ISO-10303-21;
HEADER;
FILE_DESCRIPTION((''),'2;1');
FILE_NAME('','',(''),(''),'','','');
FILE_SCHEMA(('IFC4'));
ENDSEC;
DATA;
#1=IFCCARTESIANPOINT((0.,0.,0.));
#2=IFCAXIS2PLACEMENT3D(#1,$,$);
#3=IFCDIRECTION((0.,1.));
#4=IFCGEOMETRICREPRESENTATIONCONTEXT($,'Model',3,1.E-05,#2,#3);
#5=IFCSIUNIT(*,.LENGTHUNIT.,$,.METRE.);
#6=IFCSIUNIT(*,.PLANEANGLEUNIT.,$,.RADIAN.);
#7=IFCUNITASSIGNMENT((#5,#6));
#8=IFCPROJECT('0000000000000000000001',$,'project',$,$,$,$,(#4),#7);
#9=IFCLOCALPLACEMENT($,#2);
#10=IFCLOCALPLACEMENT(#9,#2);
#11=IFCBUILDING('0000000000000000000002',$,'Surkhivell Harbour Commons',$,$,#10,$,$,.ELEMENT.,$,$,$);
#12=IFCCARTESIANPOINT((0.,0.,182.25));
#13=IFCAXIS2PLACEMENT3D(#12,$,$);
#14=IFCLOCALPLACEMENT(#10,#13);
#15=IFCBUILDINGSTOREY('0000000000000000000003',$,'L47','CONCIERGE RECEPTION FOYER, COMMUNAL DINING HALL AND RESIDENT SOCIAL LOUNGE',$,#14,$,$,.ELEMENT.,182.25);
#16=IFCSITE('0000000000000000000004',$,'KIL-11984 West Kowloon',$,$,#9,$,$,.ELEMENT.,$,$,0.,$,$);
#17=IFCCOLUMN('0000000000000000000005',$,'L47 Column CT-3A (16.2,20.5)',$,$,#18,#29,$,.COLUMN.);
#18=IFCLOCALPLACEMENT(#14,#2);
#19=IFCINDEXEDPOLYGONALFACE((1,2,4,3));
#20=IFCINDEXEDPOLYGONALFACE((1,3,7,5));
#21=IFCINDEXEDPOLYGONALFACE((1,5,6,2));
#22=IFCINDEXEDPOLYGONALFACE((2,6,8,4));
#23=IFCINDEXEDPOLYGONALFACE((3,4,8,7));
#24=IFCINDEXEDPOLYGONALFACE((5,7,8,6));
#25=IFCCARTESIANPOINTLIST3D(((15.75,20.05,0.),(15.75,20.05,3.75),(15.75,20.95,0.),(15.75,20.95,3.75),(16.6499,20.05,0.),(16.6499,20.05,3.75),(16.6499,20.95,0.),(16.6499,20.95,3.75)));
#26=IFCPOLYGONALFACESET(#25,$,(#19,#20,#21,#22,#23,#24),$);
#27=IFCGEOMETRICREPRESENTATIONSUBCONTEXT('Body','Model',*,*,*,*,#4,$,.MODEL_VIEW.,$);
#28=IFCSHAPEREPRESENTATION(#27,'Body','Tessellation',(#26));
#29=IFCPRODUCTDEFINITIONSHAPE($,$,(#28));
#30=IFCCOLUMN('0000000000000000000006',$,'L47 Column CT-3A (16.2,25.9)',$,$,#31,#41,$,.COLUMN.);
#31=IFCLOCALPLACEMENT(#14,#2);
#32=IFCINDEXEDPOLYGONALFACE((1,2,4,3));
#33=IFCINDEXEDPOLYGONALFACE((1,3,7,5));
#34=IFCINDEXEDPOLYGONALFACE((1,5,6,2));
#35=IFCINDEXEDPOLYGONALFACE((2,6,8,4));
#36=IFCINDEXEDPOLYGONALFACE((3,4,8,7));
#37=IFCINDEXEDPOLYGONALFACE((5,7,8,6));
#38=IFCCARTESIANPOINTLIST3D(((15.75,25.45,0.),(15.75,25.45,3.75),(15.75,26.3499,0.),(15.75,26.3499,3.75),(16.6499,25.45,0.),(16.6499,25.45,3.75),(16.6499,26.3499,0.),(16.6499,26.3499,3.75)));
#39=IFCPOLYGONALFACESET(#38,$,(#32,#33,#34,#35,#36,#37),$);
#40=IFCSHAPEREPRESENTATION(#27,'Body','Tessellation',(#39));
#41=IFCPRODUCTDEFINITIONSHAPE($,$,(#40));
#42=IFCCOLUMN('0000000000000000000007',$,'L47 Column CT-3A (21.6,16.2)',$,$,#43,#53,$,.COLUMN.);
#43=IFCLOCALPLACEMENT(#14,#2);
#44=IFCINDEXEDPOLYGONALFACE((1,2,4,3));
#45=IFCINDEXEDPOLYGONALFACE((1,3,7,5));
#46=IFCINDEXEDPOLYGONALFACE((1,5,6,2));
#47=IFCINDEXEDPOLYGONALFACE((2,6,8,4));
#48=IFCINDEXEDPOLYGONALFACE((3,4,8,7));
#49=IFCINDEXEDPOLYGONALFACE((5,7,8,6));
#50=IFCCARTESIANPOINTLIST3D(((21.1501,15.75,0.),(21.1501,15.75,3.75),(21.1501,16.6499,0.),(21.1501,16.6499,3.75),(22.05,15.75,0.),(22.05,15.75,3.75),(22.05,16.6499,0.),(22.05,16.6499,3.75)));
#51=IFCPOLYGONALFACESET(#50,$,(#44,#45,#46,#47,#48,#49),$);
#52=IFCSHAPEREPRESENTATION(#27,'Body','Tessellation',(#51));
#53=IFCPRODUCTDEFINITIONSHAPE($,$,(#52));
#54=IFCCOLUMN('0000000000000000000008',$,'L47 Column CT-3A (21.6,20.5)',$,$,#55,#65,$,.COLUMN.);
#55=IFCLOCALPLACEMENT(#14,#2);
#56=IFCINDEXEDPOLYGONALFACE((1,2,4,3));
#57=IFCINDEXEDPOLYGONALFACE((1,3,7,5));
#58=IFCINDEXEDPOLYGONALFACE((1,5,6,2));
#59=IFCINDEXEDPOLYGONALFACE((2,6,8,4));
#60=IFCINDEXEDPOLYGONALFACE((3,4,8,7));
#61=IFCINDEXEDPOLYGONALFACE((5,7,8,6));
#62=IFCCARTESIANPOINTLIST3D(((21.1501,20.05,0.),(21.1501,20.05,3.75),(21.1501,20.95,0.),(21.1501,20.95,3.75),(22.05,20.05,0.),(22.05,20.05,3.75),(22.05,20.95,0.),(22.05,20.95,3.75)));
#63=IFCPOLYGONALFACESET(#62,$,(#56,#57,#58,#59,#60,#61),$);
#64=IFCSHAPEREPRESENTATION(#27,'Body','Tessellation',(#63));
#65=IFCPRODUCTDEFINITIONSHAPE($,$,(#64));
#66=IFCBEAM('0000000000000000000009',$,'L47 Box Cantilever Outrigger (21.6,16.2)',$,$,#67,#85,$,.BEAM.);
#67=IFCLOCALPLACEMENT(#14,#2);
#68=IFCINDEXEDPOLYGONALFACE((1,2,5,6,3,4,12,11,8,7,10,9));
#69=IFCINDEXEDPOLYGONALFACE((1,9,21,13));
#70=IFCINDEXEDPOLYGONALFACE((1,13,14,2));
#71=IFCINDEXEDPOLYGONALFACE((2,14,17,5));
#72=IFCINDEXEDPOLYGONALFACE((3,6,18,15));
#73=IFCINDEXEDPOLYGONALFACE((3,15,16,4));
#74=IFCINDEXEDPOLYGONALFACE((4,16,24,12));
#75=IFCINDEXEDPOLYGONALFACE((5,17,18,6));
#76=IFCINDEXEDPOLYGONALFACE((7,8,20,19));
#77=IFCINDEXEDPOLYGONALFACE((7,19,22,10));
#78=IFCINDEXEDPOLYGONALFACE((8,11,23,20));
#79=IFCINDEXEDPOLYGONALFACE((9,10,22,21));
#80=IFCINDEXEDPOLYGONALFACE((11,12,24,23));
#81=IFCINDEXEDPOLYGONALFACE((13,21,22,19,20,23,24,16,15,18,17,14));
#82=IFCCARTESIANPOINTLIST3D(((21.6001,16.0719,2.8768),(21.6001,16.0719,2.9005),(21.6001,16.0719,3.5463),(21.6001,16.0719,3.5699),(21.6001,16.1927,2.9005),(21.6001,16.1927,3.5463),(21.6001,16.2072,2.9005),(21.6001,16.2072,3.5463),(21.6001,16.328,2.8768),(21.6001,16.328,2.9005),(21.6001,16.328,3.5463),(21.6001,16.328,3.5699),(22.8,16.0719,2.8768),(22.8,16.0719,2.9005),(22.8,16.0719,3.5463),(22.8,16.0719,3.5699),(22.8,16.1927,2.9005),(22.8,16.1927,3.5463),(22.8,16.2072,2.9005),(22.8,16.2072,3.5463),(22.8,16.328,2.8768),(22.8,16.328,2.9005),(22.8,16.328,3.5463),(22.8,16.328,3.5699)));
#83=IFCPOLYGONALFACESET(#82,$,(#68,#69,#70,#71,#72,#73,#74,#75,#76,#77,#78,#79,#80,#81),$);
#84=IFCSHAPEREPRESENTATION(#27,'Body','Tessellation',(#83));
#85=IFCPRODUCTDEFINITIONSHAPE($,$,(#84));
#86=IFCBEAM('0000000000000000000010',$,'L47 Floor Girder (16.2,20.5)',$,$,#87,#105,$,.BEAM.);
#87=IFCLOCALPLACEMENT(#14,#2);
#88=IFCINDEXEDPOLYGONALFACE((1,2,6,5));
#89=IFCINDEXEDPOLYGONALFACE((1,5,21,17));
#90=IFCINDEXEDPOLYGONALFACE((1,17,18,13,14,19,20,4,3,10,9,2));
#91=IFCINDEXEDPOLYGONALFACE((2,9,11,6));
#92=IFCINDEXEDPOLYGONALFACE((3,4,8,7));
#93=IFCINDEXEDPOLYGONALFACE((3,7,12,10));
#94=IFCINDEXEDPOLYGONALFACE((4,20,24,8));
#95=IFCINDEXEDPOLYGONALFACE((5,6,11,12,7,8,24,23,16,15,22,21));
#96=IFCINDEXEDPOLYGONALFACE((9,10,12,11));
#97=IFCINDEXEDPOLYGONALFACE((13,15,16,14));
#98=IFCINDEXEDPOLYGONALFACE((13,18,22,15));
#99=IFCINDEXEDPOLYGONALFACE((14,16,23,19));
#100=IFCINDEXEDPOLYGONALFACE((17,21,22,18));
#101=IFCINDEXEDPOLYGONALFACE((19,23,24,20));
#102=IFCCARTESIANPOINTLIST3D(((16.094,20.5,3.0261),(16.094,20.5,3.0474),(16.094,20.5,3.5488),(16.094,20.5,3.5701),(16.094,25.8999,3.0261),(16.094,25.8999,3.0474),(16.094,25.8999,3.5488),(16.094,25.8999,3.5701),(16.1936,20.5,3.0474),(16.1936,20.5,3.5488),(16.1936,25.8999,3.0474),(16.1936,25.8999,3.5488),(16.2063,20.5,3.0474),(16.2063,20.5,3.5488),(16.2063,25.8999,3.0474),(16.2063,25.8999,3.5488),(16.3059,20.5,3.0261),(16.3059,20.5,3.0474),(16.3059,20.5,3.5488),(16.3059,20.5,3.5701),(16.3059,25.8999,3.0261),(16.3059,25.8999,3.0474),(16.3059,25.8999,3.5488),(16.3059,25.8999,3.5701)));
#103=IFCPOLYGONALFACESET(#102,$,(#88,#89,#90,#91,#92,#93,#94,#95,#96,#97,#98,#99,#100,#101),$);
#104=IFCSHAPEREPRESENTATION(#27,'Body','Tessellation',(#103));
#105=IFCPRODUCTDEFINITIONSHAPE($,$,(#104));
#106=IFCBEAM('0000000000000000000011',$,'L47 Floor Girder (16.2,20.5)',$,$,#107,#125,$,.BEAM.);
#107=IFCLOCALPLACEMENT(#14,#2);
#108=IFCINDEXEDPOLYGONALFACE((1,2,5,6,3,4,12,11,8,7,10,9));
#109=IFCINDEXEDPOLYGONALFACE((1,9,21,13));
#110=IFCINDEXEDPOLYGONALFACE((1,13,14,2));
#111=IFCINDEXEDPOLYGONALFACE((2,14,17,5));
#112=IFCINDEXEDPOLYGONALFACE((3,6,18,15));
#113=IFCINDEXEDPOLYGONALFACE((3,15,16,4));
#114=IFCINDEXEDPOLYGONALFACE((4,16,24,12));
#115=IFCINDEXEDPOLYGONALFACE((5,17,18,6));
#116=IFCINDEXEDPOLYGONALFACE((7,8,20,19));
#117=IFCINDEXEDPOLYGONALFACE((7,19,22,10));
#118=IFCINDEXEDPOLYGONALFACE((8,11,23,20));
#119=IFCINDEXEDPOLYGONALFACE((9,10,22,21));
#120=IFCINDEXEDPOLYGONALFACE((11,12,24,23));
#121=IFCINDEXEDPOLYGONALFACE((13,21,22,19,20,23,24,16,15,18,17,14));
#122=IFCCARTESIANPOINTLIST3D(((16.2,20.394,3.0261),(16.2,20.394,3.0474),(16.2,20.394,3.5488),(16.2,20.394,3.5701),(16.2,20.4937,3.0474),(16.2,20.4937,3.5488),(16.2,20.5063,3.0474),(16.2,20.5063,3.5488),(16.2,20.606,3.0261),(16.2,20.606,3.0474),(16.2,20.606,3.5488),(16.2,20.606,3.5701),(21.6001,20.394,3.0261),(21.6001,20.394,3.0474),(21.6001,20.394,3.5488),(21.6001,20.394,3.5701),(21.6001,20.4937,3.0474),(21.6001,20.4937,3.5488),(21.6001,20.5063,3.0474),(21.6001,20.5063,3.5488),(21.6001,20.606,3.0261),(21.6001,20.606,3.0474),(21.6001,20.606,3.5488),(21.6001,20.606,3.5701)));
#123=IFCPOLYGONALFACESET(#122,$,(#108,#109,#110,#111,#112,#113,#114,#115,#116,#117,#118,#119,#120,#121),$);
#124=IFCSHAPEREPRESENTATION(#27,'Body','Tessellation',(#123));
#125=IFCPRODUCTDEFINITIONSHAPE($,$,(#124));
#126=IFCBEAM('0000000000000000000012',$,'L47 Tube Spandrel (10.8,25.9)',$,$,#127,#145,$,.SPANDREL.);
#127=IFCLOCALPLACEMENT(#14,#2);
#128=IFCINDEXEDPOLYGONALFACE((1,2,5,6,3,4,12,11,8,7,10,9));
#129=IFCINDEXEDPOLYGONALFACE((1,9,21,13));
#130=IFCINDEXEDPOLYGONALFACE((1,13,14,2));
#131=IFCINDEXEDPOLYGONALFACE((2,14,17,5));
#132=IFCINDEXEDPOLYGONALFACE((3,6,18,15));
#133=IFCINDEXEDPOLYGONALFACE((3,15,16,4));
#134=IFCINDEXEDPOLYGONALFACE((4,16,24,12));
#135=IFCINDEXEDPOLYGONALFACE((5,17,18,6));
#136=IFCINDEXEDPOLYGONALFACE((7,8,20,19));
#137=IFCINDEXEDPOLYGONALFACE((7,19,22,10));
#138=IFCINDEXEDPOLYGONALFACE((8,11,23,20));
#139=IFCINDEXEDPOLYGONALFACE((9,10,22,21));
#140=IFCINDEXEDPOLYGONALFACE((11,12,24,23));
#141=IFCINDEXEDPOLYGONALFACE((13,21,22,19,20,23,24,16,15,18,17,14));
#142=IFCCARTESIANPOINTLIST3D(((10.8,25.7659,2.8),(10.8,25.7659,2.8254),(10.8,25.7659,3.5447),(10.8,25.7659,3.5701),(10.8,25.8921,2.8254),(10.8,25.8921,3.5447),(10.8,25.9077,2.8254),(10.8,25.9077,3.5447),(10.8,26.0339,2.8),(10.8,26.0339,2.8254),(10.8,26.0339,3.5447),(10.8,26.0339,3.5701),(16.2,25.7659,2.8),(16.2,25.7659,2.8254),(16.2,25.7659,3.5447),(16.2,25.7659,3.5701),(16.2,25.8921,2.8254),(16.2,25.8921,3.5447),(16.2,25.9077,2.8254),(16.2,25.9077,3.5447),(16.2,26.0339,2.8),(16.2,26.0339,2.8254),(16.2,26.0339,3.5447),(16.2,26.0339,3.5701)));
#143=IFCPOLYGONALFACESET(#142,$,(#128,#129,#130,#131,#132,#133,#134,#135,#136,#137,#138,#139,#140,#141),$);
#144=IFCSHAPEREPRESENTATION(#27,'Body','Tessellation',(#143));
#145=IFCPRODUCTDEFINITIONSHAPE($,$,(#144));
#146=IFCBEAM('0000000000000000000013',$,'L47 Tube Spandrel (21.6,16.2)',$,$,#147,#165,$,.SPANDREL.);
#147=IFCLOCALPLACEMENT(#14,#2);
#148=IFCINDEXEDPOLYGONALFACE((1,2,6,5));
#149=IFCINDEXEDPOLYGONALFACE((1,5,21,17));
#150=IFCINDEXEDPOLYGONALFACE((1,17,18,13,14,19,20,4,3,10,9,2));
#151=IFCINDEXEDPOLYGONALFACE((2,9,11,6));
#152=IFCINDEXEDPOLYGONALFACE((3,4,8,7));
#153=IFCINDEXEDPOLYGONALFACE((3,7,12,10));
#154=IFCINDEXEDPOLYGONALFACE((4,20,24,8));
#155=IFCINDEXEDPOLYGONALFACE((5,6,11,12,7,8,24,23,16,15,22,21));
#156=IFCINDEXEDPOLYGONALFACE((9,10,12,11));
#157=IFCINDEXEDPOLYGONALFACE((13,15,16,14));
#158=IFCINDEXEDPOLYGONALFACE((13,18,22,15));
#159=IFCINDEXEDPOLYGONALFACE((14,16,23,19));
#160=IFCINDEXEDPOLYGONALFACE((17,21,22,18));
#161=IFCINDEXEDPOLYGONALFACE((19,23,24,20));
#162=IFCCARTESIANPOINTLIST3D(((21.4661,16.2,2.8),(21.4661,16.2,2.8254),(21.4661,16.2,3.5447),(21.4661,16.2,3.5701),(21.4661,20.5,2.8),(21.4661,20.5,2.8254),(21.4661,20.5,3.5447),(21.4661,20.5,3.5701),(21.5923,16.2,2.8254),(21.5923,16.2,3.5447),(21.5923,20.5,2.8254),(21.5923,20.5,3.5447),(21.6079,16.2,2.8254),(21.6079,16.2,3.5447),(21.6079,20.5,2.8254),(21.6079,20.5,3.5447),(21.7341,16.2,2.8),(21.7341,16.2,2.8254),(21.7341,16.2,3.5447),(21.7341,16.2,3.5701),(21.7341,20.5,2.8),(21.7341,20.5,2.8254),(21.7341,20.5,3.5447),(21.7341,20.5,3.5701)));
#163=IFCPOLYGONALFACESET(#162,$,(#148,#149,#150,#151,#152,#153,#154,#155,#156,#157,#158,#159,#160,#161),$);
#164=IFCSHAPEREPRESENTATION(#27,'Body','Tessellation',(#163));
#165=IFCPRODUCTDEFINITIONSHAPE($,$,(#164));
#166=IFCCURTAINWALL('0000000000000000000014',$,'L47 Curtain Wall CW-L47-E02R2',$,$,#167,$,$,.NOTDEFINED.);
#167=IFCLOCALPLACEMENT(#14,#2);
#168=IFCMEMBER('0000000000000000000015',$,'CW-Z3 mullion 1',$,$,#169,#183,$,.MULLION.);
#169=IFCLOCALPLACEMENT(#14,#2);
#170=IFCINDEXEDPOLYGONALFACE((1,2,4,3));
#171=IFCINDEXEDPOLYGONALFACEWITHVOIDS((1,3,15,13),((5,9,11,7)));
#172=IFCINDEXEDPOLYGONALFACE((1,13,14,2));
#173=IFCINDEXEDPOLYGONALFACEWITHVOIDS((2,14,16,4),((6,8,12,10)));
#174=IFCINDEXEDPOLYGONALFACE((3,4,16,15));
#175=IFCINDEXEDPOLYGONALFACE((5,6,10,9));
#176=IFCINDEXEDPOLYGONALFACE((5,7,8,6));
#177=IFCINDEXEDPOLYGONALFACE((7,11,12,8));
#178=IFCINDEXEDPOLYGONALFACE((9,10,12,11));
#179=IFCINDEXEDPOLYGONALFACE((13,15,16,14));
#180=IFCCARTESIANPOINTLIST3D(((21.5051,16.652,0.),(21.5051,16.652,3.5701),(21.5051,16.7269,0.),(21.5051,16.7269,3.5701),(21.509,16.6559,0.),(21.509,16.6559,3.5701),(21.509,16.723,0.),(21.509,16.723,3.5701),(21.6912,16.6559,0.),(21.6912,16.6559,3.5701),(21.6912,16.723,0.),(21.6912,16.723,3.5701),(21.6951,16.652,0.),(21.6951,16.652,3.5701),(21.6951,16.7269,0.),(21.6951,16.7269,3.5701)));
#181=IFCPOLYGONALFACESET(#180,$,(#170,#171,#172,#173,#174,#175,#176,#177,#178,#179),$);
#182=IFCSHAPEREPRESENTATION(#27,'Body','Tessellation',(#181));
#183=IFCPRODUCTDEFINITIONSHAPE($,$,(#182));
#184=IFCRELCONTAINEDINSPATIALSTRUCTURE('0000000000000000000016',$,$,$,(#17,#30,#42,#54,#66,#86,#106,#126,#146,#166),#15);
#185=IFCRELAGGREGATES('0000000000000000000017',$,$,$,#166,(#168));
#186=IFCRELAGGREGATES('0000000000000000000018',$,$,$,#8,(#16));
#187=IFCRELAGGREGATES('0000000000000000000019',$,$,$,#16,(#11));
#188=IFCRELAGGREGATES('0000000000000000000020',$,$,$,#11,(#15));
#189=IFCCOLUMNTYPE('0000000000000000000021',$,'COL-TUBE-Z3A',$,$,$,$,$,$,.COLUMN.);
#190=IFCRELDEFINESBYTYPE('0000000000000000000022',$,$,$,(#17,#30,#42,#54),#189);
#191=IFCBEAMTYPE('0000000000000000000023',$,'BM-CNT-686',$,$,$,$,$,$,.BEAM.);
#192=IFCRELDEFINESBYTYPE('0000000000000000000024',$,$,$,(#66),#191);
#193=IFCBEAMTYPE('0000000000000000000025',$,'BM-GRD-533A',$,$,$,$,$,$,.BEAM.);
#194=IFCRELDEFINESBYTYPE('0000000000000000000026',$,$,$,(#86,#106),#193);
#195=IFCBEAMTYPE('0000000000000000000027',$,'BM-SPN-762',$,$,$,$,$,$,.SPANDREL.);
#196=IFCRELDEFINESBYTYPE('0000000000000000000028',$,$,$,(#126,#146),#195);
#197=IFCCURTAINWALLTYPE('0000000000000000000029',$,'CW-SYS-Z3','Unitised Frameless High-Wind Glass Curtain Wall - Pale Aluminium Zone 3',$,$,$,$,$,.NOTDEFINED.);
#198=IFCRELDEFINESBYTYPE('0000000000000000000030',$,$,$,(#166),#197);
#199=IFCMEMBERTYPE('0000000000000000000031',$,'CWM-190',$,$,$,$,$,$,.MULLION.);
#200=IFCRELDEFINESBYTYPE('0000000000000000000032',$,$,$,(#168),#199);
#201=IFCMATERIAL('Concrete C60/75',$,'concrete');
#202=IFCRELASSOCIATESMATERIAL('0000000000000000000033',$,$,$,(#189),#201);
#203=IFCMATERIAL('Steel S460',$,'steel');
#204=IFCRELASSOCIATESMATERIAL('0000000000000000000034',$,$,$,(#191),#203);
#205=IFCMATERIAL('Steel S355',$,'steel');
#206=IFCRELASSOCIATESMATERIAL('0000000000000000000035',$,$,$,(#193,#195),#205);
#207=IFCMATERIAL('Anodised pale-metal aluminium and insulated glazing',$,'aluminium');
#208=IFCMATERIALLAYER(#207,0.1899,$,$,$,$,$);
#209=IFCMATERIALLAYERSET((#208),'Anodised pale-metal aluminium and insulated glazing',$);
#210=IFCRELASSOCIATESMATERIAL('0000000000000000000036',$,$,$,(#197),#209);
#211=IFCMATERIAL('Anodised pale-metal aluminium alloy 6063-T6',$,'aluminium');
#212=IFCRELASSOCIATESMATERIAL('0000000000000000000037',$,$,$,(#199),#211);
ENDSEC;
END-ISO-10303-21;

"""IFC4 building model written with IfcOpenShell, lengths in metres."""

from ifc_helpers import new_model, si_unit, direction, frame, origin, origin_2d, place, context, subcontext, project, spatial, rectangle, hollow_rectangle, i_section, extrude, material, layer, layer_set, material_profile, profile_set, type_object, element, aggregate, save


model = new_model("IFC4")

# Units and contexts
model_context = context("Model", 3, precision=1e-05, world=origin(), true_north=direction((0.0, 1.0)))
body_context = subcontext(model_context, "Body", "Model", "MODEL_VIEW")
ifc_project = project(units=[si_unit("LENGTHUNIT", "METRE"), si_unit("PLANEANGLEUNIT", "RADIAN")], contexts=[model_context])

# Site, building, storey
site_placement = place(None, origin())
site = spatial("IfcSite", under=ifc_project, at=site_placement, Name="KIL-11984 West Kowloon", CompositionType="ELEMENT", RefElevation=0.0)
building_placement = place(site_placement, origin())
building = spatial("IfcBuilding", under=site, at=building_placement, Name="Surkhivell Harbour Commons", CompositionType="ELEMENT")
storey_placement = place(building_placement, frame((0.0, 0.0, 182.25)))
storey = spatial("IfcBuildingStorey", under=building, at=storey_placement, Name="L47", Description="CONCIERGE RECEPTION FOYER, COMMUNAL DINING HALL AND RESIDENT SOCIAL LOUNGE", CompositionType="ELEMENT", Elevation=182.25)

# Columns
ifc_material_1 = material(Name="Concrete C60/75", Category="concrete")
ifc_material_profile_1 = material_profile(ifc_material_1, rectangle(XDim=0.8999, YDim=0.8999, at=origin_2d()), Name="RC-COL-900x900")
ifc_profile_set_1 = profile_set([ifc_material_profile_1], Name="Concrete C60/75")
column_type = type_object("IfcColumnType", Name="COL-TUBE-Z3A", PredefinedType="COLUMN", material=ifc_profile_set_1)
for number, where, z_axis, x_axis, name in (
    (1, (16.2, 20.5, 0.0), (0.0, 0.0, 1.0), (1.0, 0.0, 0.0), "L47 Column CT-3A (16.2,20.5)"),
    (2, (16.2, 25.8999, 0.0), (0.0, 0.0, 1.0), (1.0, 0.0, 0.0), "L47 Column CT-3A (16.2,25.9)"),
    (3, (21.6001, 16.2, 0.0), (0.0, 0.0, 1.0), (1.0, 0.0, 0.0), "L47 Column CT-3A (21.6,16.2)"),
    (4, (21.6001, 20.5, 0.0), (0.0, 0.0, 1.0), (1.0, 0.0, 0.0), "L47 Column CT-3A (21.6,20.5)"),
):
    element("IfcColumn", number, at=place(storey_placement, frame(where, z_axis=z_axis, x_axis=x_axis)), inside=storey, type_object=column_type, Name=name, PredefinedType="COLUMN", context=body_context, shape_type="SweptSolid", body=[
        extrude(rectangle(XDim=0.8999, YDim=0.8999, at=origin_2d()), origin(), (0.0, 0.0, 1.0), 3.75),
    ])

# Beams
ifc_material_2 = material(Name="Steel S460", Category="steel")
ifc_material_profile_2 = material_profile(ifc_material_2, i_section(OverallWidth=0.2561, OverallDepth=0.6931, WebThickness=0.0144, FlangeThickness=0.0237, at=origin_2d()), Name="UB686x254x170")
ifc_profile_set_2 = profile_set([ifc_material_profile_2], Name="Steel S460")
beam_type_1 = type_object("IfcBeamType", Name="BM-CNT-686", PredefinedType="BEAM", material=ifc_profile_set_2)
beam_1_placement = place(storey_placement, frame((21.6001, 16.2, 3.2234), z_axis=(1.0, 0.0, 0.0), x_axis=(0.0, 1.0, 0.0)))
element("IfcBeam", 5, at=beam_1_placement, inside=storey, type_object=beam_type_1, Name="L47 Box Cantilever Outrigger (21.6,16.2)", PredefinedType="BEAM", context=body_context, shape_type="SweptSolid", body=[
    extrude(i_section(OverallWidth=0.2561, OverallDepth=0.6931, WebThickness=0.0144, FlangeThickness=0.0237, at=origin_2d()), origin(), (0.0, 0.0, 1.0), 1.2),
])
ifc_material_3 = material(Name="Steel S355", Category="steel")
ifc_material_profile_3 = material_profile(ifc_material_3, i_section(OverallWidth=0.2119, OverallDepth=0.5439, WebThickness=0.0127, FlangeThickness=0.0212, at=origin_2d()), Name="UB533x210x122")
ifc_profile_set_3 = profile_set([ifc_material_profile_3], Name="Steel S355")
beam_type_2 = type_object("IfcBeamType", Name="BM-GRD-533A", PredefinedType="BEAM", material=ifc_profile_set_3)
beam_2_placement = place(storey_placement, frame((16.2, 20.5, 3.2981), z_axis=(0.0, 1.0, 0.0), x_axis=(-1.0, 0.0, 0.0)))
element("IfcBeam", 6, at=beam_2_placement, inside=storey, type_object=beam_type_2, Name="L47 Floor Girder (16.2,20.5)", PredefinedType="BEAM", context=body_context, shape_type="SweptSolid", body=[
    extrude(i_section(OverallWidth=0.2119, OverallDepth=0.5439, WebThickness=0.0127, FlangeThickness=0.0212, at=origin_2d()), origin(), (0.0, 0.0, 1.0), 5.3999),
])
beam_3_placement = place(storey_placement, frame((16.2, 20.5, 3.2981), z_axis=(1.0, 0.0, 0.0), x_axis=(0.0, 1.0, 0.0)))
element("IfcBeam", 7, at=beam_3_placement, inside=storey, type_object=beam_type_2, Name="L47 Floor Girder (16.2,20.5)", PredefinedType="BEAM", context=body_context, shape_type="SweptSolid", body=[
    extrude(i_section(OverallWidth=0.2119, OverallDepth=0.5439, WebThickness=0.0127, FlangeThickness=0.0212, at=origin_2d()), origin(), (0.0, 0.0, 1.0), 5.4001),
])
ifc_material_profile_4 = material_profile(ifc_material_3, i_section(OverallWidth=0.2681, OverallDepth=0.77, WebThickness=0.0156, FlangeThickness=0.0254, at=origin_2d()), Name="UB762x267x197")
ifc_profile_set_4 = profile_set([ifc_material_profile_4], Name="Steel S355")
beam_type_3 = type_object("IfcBeamType", Name="BM-SPN-762", PredefinedType="SPANDREL", material=ifc_profile_set_4)
beam_4_placement = place(storey_placement, frame((10.8, 25.8999, 3.1851), z_axis=(1.0, 0.0, 0.0), x_axis=(0.0, 1.0, 0.0)))
element("IfcBeam", 8, at=beam_4_placement, inside=storey, type_object=beam_type_3, Name="L47 Tube Spandrel (10.8,25.9)", PredefinedType="SPANDREL", context=body_context, shape_type="SweptSolid", body=[
    extrude(i_section(OverallWidth=0.2681, OverallDepth=0.77, WebThickness=0.0156, FlangeThickness=0.0254, at=origin_2d()), origin(), (0.0, 0.0, 1.0), 5.3999),
])
beam_5_placement = place(storey_placement, frame((21.6001, 16.2, 3.1851), z_axis=(0.0, 1.0, 0.0), x_axis=(-1.0, 0.0, 0.0)))
element("IfcBeam", 9, at=beam_5_placement, inside=storey, type_object=beam_type_3, Name="L47 Tube Spandrel (21.6,16.2)", PredefinedType="SPANDREL", context=body_context, shape_type="SweptSolid", body=[
    extrude(i_section(OverallWidth=0.2681, OverallDepth=0.77, WebThickness=0.0156, FlangeThickness=0.0254, at=origin_2d()), origin(), (0.0, 0.0, 1.0), 4.3),
])

# Curtain wall, member
ifc_material_4 = material(Name="Anodised pale-metal aluminium and insulated glazing", Category="aluminium")
ifc_layer_1 = layer(ifc_material_4, 0.1899)
ifc_layer_set_1 = layer_set([ifc_layer_1], Name="Anodised pale-metal aluminium and insulated glazing")
curtain_wall_type = type_object("IfcCurtainWallType", Name="CW-SYS-Z3", Description="Unitised Frameless High-Wind Glass Curtain Wall - Pale Aluminium Zone 3", PredefinedType="NOTDEFINED", material=ifc_layer_set_1)
curtain_wall_1_placement = place(storey_placement, origin())
curtain_wall_1 = element("IfcCurtainWall", 10, at=curtain_wall_1_placement, inside=storey, type_object=curtain_wall_type, Name="L47 Curtain Wall CW-L47-E02R2", PredefinedType="NOTDEFINED")
ifc_material_5 = material(Name="Anodised pale-metal aluminium alloy 6063-T6", Category="aluminium")
ifc_material_profile_5 = material_profile(ifc_material_5, hollow_rectangle(XDim=0.075, YDim=0.1899, WallThickness=0.0039, at=origin_2d()), Name="ALU-MULL-75x190")
ifc_profile_set_5 = profile_set([ifc_material_profile_5], Name="Anodised pale-metal aluminium alloy 6063-T6")
member_type_1 = type_object("IfcMemberType", Name="CWM-190", PredefinedType="MULLION", material=ifc_profile_set_5)
member_1_placement = place(storey_placement, frame((21.6001, 16.6895, 0.0), z_axis=(0.0, 0.0, 1.0), x_axis=(0.0, 1.0, 0.0)))
member_1 = element("IfcMember", 11, at=member_1_placement, type_object=member_type_1, Name="CW-Z3 mullion 1", PredefinedType="MULLION", context=body_context, shape_type="SweptSolid", body=[
    extrude(hollow_rectangle(XDim=0.075, YDim=0.1899, WallThickness=0.0039, at=origin_2d()), origin(), (0.0, 0.0, 1.0), 3.5701),
])

aggregate(curtain_wall_1, [member_1])

save(model, "model.ifc")
